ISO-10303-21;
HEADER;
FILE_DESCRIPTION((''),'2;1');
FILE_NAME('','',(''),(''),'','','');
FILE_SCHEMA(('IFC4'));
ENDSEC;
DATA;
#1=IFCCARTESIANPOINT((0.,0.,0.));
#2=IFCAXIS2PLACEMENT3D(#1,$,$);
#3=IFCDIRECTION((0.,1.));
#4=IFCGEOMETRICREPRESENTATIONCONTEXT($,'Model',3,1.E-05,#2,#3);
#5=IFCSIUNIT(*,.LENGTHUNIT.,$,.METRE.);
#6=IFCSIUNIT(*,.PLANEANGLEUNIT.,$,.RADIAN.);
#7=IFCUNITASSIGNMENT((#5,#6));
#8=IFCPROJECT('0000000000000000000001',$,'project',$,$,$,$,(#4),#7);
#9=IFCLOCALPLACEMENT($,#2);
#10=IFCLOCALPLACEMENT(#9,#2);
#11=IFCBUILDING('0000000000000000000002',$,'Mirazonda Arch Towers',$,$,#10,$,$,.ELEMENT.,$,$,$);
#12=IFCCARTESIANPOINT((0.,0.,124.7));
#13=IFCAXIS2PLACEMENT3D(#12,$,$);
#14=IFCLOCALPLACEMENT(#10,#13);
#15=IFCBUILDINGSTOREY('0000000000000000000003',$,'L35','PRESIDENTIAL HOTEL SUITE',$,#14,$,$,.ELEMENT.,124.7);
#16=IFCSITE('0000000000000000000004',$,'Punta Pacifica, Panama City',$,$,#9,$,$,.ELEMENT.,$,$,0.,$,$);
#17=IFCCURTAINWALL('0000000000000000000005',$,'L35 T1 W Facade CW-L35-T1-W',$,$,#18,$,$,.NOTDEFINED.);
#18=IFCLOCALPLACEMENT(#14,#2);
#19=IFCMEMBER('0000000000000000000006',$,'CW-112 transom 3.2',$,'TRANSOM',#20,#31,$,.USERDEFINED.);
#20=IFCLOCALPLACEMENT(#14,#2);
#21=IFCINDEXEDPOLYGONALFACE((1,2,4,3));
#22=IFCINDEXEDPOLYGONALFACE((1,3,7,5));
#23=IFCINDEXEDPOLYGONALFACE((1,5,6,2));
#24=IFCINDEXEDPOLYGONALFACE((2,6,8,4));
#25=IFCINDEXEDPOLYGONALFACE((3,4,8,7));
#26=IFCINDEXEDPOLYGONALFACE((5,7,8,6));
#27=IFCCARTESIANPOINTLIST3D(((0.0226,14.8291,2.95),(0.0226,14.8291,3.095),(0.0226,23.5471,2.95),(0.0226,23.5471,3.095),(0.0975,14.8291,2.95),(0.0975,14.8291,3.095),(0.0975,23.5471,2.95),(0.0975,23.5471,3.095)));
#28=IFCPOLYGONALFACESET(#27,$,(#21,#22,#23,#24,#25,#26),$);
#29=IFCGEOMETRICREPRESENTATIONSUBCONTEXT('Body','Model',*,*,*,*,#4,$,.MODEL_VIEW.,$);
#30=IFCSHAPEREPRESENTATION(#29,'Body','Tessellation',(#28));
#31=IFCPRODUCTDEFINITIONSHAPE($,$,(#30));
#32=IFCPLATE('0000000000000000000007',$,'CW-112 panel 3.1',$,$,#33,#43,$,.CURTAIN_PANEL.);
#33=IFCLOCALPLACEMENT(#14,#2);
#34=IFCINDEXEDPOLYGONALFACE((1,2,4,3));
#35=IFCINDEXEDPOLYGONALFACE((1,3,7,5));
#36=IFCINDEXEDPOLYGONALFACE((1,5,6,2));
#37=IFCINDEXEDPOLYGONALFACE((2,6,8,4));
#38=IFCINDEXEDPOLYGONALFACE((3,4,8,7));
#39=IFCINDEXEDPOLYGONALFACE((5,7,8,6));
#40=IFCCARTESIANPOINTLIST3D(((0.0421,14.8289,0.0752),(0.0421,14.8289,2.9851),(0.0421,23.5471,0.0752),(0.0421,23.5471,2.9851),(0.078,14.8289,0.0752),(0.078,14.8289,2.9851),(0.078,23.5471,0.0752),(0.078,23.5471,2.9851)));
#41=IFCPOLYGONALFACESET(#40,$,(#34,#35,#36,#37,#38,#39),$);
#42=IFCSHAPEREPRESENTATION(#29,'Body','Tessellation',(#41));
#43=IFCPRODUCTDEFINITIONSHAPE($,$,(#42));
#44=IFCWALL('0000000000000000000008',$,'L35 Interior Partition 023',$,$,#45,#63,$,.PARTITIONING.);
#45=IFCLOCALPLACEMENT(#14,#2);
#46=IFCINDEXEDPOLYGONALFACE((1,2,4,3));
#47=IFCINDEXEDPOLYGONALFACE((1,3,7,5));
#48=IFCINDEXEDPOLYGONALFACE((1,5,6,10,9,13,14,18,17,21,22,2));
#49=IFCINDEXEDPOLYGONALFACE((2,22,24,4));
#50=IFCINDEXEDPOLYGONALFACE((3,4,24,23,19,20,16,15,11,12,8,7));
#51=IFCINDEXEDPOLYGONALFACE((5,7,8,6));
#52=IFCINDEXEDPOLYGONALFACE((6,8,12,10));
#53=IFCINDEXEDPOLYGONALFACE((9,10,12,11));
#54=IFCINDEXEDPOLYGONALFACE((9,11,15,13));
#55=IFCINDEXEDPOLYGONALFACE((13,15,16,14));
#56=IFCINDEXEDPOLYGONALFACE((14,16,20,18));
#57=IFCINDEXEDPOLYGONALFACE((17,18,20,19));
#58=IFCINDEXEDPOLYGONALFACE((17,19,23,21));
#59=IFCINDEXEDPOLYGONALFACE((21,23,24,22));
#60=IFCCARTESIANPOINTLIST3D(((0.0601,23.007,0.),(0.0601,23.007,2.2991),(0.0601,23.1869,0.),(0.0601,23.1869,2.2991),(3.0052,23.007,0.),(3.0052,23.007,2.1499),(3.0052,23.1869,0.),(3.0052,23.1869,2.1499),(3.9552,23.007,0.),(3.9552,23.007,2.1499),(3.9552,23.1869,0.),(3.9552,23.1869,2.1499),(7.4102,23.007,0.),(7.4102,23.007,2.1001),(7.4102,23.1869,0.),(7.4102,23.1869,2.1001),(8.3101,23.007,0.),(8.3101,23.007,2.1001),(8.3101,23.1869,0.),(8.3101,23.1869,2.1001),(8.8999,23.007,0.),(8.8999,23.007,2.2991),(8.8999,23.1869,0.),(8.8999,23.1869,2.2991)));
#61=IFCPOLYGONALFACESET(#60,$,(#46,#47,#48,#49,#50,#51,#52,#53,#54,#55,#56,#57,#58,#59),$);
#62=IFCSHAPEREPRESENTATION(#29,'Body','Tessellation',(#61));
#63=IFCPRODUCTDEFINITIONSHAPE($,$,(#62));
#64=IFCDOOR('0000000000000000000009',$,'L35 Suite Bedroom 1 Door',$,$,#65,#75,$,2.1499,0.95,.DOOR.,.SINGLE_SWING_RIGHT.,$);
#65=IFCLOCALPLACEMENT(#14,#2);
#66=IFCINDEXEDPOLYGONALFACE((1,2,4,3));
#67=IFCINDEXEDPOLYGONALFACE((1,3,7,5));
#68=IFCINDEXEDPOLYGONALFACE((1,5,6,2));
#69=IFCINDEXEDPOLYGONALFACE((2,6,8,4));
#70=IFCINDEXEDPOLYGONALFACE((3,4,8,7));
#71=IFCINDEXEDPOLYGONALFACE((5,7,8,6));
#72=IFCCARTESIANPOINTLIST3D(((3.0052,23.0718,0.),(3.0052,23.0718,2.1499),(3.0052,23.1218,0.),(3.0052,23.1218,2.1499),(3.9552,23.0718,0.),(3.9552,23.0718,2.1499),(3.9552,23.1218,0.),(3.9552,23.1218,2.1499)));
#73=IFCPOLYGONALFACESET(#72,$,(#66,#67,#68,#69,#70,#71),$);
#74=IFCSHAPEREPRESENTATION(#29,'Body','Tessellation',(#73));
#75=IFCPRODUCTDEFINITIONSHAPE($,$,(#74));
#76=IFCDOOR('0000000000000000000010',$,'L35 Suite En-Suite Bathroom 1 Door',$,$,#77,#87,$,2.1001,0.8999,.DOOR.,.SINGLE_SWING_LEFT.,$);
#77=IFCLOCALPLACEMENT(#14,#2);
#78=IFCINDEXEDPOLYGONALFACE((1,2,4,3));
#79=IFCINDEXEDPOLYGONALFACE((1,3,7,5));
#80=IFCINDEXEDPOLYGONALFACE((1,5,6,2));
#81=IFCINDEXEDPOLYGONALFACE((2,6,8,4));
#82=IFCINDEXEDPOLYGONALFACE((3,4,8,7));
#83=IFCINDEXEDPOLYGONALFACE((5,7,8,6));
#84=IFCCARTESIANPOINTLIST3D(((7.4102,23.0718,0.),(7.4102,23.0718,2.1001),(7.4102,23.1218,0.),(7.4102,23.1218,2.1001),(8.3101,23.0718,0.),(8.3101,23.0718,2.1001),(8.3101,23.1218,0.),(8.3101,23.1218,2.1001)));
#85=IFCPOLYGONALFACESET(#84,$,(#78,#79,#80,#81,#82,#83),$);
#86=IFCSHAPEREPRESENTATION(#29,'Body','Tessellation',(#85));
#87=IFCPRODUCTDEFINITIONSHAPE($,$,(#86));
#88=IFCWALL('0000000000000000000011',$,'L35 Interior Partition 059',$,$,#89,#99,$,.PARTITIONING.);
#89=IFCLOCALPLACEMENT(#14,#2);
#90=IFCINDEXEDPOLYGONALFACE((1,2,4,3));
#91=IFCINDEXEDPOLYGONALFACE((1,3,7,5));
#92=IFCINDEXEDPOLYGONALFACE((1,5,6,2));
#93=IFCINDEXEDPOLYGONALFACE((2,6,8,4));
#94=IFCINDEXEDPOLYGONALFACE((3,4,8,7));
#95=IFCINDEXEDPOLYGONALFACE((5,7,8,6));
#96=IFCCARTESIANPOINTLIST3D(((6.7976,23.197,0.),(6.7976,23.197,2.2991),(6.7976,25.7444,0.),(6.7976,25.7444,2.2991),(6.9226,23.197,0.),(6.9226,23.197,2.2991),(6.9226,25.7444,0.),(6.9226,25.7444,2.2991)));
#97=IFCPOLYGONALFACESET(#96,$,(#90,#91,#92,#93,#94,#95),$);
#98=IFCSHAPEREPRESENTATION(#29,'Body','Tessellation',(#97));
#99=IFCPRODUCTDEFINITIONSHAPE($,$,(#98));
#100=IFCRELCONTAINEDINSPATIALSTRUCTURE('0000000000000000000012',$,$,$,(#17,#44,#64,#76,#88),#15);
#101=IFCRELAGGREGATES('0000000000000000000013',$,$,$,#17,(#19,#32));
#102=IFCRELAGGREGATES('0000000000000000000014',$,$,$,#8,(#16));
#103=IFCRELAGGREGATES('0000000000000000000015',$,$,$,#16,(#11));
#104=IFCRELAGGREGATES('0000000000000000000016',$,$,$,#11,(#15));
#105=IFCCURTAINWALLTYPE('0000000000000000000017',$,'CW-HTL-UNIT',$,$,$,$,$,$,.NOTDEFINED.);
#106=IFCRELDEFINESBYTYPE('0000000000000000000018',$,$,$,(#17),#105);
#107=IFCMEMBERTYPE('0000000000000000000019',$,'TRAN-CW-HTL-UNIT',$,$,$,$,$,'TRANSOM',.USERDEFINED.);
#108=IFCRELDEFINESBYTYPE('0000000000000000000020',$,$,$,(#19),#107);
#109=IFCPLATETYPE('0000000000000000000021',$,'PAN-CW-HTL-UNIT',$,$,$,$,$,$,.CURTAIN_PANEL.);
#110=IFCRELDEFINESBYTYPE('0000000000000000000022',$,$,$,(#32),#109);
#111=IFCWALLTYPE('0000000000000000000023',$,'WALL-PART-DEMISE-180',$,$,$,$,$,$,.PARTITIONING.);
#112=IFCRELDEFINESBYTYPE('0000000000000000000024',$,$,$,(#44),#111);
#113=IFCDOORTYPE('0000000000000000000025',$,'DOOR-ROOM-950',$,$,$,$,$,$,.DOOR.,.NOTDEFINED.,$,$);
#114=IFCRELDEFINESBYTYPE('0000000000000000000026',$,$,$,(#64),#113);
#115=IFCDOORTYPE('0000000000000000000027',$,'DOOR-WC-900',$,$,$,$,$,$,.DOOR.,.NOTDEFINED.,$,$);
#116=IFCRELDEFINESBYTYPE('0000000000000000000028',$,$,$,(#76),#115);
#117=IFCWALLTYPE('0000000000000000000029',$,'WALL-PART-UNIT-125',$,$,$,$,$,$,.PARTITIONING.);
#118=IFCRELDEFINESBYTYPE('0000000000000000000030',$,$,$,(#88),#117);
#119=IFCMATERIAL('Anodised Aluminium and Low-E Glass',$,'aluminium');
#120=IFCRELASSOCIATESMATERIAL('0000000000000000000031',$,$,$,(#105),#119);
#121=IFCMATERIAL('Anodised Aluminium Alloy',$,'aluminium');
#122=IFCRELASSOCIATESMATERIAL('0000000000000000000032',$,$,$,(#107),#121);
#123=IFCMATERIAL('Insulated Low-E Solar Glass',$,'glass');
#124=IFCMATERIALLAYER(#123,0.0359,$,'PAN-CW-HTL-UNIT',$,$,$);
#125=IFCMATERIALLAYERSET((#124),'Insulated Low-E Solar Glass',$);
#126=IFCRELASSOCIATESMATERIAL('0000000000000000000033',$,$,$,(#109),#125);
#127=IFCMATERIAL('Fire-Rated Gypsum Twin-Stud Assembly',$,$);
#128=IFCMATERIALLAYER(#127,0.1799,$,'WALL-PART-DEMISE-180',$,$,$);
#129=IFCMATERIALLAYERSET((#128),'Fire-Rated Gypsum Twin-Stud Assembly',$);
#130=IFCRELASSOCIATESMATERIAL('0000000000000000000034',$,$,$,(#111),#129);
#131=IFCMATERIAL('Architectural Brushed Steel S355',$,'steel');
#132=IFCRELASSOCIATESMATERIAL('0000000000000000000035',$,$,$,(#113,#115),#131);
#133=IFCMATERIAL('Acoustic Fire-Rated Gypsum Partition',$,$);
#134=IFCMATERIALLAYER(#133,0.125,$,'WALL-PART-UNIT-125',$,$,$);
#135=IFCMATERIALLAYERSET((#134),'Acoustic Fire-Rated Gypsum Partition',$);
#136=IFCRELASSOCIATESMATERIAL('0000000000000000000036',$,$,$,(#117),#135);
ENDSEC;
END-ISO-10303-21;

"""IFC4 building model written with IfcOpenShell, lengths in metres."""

from ifc_helpers import new_model, si_unit, direction, frame, frame_2d, origin, origin_2d, place, context, subcontext, project, spatial, rectangle, extrude, material, layer, layer_set, material_profile, profile_set, type_object, element, fill, aggregate, save


model = new_model("IFC4")

# Units and contexts
model_context = context("Model", 3, precision=1e-05, world=origin(), true_north=direction((0.0, 1.0)))
body_context = subcontext(model_context, "Body", "Model", "MODEL_VIEW")
ifc_project = project(units=[si_unit("LENGTHUNIT", "METRE"), si_unit("PLANEANGLEUNIT", "RADIAN")], contexts=[model_context])

# Site, building, storey
site_placement = place(None, origin())
site = spatial("IfcSite", under=ifc_project, at=site_placement, Name="Punta Pacifica, Panama City", CompositionType="ELEMENT", RefElevation=0.0)
building_placement = place(site_placement, origin())
building = spatial("IfcBuilding", under=site, at=building_placement, Name="Mirazonda Arch Towers", CompositionType="ELEMENT")
storey_placement = place(building_placement, frame((0.0, 0.0, 124.7)))
storey = spatial("IfcBuildingStorey", under=building, at=storey_placement, Name="L35", Description="PRESIDENTIAL HOTEL SUITE", CompositionType="ELEMENT", Elevation=124.7)

# Curtain wall, member, plate
ifc_material_1 = material(Name="Anodised Aluminium and Low-E Glass", Category="aluminium")
curtain_wall_type = type_object("IfcCurtainWallType", Name="CW-HTL-UNIT", PredefinedType="NOTDEFINED", material=ifc_material_1)
curtain_wall_placement = place(storey_placement, origin())
curtain_wall = element("IfcCurtainWall", 1, at=curtain_wall_placement, inside=storey, type_object=curtain_wall_type, Name="L35 T1 W Facade CW-L35-T1-W", PredefinedType="NOTDEFINED")
ifc_material_2 = material(Name="Anodised Aluminium Alloy", Category="aluminium")
ifc_material_profile_1 = material_profile(ifc_material_2, rectangle(XDim=0.075, YDim=0.145, at=origin_2d()), Name="ALU-TRAN-75x145")
ifc_profile_set_1 = profile_set([ifc_material_profile_1], Name="Anodised Aluminium Alloy")
member_type_1 = type_object("IfcMemberType", Name="TRAN-CW-HTL-UNIT", ElementType="TRANSOM", PredefinedType="USERDEFINED", material=ifc_profile_set_1)
member_1_placement = place(storey_placement, frame((0.0601, 23.5471, 3.0225), z_axis=(0.0, -1.0, 0.0), x_axis=(1.0, 0.0, 0.0)))
member_1 = element("IfcMember", 2, at=member_1_placement, type_object=member_type_1, Name="CW-112 transom 3.2", ObjectType="TRANSOM", PredefinedType="USERDEFINED", context=body_context, shape_type="SweptSolid", body=[
    extrude(rectangle(XDim=0.075, YDim=0.145, at=origin_2d()), origin(), (0.0, 0.0, 1.0), 8.718),
])
ifc_material_3 = material(Name="Insulated Low-E Solar Glass", Category="glass")
ifc_layer_1 = layer(ifc_material_3, 0.0359, Name="PAN-CW-HTL-UNIT")
ifc_layer_set_1 = layer_set([ifc_layer_1], Name="Insulated Low-E Solar Glass")
plate_type = type_object("IfcPlateType", Name="PAN-CW-HTL-UNIT", PredefinedType="CURTAIN_PANEL", material=ifc_layer_set_1)
plate_placement = place(storey_placement, frame((0.0601, 19.188, 0.0752), z_axis=(0.0, 0.0, 1.0), x_axis=(0.0, -1.0, 0.0)))
plate = element("IfcPlate", 3, at=plate_placement, type_object=plate_type, Name="CW-112 panel 3.1", PredefinedType="CURTAIN_PANEL", context=body_context, shape_type="SweptSolid", body=[
    extrude(rectangle(XDim=8.7183, YDim=0.0359, at=origin_2d()), origin(), (0.0, 0.0, 1.0), 2.9099),
])
aggregate(curtain_wall, [member_1, plate])

# Wall, openings, doors
ifc_material_4 = material(Name="Fire-Rated Gypsum Twin-Stud Assembly")
ifc_layer_2 = layer(ifc_material_4, 0.1799, Name="WALL-PART-DEMISE-180")
ifc_layer_set_2 = layer_set([ifc_layer_2], Name="Fire-Rated Gypsum Twin-Stud Assembly")
wall_type_1 = type_object("IfcWallType", Name="WALL-PART-DEMISE-180", PredefinedType="PARTITIONING", material=ifc_layer_set_2)
wall_1_placement = place(storey_placement, frame((0.0601, 23.0969, 0.0), z_axis=(0.0, 0.0, 1.0), x_axis=(1.0, 0.0, 0.0)))
wall_1 = element("IfcWall", 4, at=wall_1_placement, inside=storey, type_object=wall_type_1, Name="L35 Interior Partition 023", PredefinedType="PARTITIONING", context=body_context, shape_type="SweptSolid", body=[
    extrude(rectangle(XDim=8.8398, YDim=0.1799, at=frame_2d((4.4199, 0.0))), origin(), (0.0, 0.0, 1.0), 2.2991),
])
opening_1_placement = place(wall_1_placement, frame((2.9451, 0.0, 0.0)))
opening_1 = element("IfcOpeningElement", 5, at=opening_1_placement, cuts=wall_1, PredefinedType="OPENING", context=body_context, shape_type="SweptSolid", body=[
    extrude(rectangle(XDim=0.95, YDim=2.1499, at=frame_2d((0.4751, 1.075))), frame((0.0, 0.0999, 0.0), z_axis=(0.0, -1.0, 0.0), x_axis=(1.0, 0.0, 0.0)), (0.0, 0.0, 1.0), 0.2),
])
opening_2_placement = place(wall_1_placement, frame((7.3501, 0.0, 0.0)))
opening_2 = element("IfcOpeningElement", 6, at=opening_2_placement, cuts=wall_1, PredefinedType="OPENING", context=body_context, shape_type="SweptSolid", body=[
    extrude(rectangle(XDim=0.8999, YDim=2.1001, at=frame_2d((0.45, 1.05))), frame((0.0, 0.0999, 0.0), z_axis=(0.0, -1.0, 0.0), x_axis=(1.0, 0.0, 0.0)), (0.0, 0.0, 1.0), 0.2),
])
ifc_material_5 = material(Name="Architectural Brushed Steel S355", Category="steel")
door_type_1 = type_object("IfcDoorType", Name="DOOR-ROOM-950", OperationType="NOTDEFINED", PredefinedType="DOOR", material=ifc_material_5)
door_1_placement = place(opening_1_placement, origin())
door_1 = element("IfcDoor", 7, at=door_1_placement, inside=storey, type_object=door_type_1, Name="L35 Suite Bedroom 1 Door", OperationType="SINGLE_SWING_RIGHT", OverallHeight=2.1499, OverallWidth=0.95, PredefinedType="DOOR", context=body_context, shape_type="SweptSolid", body=[
    extrude(rectangle(XDim=0.95, YDim=2.1499, at=frame_2d((0.4751, 1.075))), frame((0.0, 0.0249, 0.0), z_axis=(0.0, -1.0, 0.0), x_axis=(1.0, 0.0, 0.0)), (0.0, 0.0, 1.0), 0.05),
])
fill(opening_1, door_1)
door_type_2 = type_object("IfcDoorType", Name="DOOR-WC-900", OperationType="NOTDEFINED", PredefinedType="DOOR", material=ifc_material_5)
door_2_placement = place(opening_2_placement, origin())
door_2 = element("IfcDoor", 8, at=door_2_placement, inside=storey, type_object=door_type_2, Name="L35 Suite En-Suite Bathroom 1 Door", OperationType="SINGLE_SWING_LEFT", OverallHeight=2.1001, OverallWidth=0.8999, PredefinedType="DOOR", context=body_context, shape_type="SweptSolid", body=[
    extrude(rectangle(XDim=0.8999, YDim=2.1001, at=frame_2d((0.45, 1.05))), frame((0.0, 0.0249, 0.0), z_axis=(0.0, -1.0, 0.0), x_axis=(1.0, 0.0, 0.0)), (0.0, 0.0, 1.0), 0.05),
])
fill(opening_2, door_2)

# Wall
ifc_material_6 = material(Name="Acoustic Fire-Rated Gypsum Partition")
ifc_layer_3 = layer(ifc_material_6, 0.125, Name="WALL-PART-UNIT-125")
ifc_layer_set_3 = layer_set([ifc_layer_3], Name="Acoustic Fire-Rated Gypsum Partition")
wall_type_2 = type_object("IfcWallType", Name="WALL-PART-UNIT-125", PredefinedType="PARTITIONING", material=ifc_layer_set_3)
wall_2_placement = place(storey_placement, frame((6.8601, 23.197, 0.0), z_axis=(0.0, 0.0, 1.0), x_axis=(0.0, 1.0, 0.0)))
element("IfcWall", 9, at=wall_2_placement, inside=storey, type_object=wall_type_2, Name="L35 Interior Partition 059", PredefinedType="PARTITIONING", context=body_context, shape_type="SweptSolid", body=[
    extrude(rectangle(XDim=2.5474, YDim=0.125, at=frame_2d((1.2737, 0.0))), origin(), (0.0, 0.0, 1.0), 2.2991),
])

save(model, "model.ifc")
